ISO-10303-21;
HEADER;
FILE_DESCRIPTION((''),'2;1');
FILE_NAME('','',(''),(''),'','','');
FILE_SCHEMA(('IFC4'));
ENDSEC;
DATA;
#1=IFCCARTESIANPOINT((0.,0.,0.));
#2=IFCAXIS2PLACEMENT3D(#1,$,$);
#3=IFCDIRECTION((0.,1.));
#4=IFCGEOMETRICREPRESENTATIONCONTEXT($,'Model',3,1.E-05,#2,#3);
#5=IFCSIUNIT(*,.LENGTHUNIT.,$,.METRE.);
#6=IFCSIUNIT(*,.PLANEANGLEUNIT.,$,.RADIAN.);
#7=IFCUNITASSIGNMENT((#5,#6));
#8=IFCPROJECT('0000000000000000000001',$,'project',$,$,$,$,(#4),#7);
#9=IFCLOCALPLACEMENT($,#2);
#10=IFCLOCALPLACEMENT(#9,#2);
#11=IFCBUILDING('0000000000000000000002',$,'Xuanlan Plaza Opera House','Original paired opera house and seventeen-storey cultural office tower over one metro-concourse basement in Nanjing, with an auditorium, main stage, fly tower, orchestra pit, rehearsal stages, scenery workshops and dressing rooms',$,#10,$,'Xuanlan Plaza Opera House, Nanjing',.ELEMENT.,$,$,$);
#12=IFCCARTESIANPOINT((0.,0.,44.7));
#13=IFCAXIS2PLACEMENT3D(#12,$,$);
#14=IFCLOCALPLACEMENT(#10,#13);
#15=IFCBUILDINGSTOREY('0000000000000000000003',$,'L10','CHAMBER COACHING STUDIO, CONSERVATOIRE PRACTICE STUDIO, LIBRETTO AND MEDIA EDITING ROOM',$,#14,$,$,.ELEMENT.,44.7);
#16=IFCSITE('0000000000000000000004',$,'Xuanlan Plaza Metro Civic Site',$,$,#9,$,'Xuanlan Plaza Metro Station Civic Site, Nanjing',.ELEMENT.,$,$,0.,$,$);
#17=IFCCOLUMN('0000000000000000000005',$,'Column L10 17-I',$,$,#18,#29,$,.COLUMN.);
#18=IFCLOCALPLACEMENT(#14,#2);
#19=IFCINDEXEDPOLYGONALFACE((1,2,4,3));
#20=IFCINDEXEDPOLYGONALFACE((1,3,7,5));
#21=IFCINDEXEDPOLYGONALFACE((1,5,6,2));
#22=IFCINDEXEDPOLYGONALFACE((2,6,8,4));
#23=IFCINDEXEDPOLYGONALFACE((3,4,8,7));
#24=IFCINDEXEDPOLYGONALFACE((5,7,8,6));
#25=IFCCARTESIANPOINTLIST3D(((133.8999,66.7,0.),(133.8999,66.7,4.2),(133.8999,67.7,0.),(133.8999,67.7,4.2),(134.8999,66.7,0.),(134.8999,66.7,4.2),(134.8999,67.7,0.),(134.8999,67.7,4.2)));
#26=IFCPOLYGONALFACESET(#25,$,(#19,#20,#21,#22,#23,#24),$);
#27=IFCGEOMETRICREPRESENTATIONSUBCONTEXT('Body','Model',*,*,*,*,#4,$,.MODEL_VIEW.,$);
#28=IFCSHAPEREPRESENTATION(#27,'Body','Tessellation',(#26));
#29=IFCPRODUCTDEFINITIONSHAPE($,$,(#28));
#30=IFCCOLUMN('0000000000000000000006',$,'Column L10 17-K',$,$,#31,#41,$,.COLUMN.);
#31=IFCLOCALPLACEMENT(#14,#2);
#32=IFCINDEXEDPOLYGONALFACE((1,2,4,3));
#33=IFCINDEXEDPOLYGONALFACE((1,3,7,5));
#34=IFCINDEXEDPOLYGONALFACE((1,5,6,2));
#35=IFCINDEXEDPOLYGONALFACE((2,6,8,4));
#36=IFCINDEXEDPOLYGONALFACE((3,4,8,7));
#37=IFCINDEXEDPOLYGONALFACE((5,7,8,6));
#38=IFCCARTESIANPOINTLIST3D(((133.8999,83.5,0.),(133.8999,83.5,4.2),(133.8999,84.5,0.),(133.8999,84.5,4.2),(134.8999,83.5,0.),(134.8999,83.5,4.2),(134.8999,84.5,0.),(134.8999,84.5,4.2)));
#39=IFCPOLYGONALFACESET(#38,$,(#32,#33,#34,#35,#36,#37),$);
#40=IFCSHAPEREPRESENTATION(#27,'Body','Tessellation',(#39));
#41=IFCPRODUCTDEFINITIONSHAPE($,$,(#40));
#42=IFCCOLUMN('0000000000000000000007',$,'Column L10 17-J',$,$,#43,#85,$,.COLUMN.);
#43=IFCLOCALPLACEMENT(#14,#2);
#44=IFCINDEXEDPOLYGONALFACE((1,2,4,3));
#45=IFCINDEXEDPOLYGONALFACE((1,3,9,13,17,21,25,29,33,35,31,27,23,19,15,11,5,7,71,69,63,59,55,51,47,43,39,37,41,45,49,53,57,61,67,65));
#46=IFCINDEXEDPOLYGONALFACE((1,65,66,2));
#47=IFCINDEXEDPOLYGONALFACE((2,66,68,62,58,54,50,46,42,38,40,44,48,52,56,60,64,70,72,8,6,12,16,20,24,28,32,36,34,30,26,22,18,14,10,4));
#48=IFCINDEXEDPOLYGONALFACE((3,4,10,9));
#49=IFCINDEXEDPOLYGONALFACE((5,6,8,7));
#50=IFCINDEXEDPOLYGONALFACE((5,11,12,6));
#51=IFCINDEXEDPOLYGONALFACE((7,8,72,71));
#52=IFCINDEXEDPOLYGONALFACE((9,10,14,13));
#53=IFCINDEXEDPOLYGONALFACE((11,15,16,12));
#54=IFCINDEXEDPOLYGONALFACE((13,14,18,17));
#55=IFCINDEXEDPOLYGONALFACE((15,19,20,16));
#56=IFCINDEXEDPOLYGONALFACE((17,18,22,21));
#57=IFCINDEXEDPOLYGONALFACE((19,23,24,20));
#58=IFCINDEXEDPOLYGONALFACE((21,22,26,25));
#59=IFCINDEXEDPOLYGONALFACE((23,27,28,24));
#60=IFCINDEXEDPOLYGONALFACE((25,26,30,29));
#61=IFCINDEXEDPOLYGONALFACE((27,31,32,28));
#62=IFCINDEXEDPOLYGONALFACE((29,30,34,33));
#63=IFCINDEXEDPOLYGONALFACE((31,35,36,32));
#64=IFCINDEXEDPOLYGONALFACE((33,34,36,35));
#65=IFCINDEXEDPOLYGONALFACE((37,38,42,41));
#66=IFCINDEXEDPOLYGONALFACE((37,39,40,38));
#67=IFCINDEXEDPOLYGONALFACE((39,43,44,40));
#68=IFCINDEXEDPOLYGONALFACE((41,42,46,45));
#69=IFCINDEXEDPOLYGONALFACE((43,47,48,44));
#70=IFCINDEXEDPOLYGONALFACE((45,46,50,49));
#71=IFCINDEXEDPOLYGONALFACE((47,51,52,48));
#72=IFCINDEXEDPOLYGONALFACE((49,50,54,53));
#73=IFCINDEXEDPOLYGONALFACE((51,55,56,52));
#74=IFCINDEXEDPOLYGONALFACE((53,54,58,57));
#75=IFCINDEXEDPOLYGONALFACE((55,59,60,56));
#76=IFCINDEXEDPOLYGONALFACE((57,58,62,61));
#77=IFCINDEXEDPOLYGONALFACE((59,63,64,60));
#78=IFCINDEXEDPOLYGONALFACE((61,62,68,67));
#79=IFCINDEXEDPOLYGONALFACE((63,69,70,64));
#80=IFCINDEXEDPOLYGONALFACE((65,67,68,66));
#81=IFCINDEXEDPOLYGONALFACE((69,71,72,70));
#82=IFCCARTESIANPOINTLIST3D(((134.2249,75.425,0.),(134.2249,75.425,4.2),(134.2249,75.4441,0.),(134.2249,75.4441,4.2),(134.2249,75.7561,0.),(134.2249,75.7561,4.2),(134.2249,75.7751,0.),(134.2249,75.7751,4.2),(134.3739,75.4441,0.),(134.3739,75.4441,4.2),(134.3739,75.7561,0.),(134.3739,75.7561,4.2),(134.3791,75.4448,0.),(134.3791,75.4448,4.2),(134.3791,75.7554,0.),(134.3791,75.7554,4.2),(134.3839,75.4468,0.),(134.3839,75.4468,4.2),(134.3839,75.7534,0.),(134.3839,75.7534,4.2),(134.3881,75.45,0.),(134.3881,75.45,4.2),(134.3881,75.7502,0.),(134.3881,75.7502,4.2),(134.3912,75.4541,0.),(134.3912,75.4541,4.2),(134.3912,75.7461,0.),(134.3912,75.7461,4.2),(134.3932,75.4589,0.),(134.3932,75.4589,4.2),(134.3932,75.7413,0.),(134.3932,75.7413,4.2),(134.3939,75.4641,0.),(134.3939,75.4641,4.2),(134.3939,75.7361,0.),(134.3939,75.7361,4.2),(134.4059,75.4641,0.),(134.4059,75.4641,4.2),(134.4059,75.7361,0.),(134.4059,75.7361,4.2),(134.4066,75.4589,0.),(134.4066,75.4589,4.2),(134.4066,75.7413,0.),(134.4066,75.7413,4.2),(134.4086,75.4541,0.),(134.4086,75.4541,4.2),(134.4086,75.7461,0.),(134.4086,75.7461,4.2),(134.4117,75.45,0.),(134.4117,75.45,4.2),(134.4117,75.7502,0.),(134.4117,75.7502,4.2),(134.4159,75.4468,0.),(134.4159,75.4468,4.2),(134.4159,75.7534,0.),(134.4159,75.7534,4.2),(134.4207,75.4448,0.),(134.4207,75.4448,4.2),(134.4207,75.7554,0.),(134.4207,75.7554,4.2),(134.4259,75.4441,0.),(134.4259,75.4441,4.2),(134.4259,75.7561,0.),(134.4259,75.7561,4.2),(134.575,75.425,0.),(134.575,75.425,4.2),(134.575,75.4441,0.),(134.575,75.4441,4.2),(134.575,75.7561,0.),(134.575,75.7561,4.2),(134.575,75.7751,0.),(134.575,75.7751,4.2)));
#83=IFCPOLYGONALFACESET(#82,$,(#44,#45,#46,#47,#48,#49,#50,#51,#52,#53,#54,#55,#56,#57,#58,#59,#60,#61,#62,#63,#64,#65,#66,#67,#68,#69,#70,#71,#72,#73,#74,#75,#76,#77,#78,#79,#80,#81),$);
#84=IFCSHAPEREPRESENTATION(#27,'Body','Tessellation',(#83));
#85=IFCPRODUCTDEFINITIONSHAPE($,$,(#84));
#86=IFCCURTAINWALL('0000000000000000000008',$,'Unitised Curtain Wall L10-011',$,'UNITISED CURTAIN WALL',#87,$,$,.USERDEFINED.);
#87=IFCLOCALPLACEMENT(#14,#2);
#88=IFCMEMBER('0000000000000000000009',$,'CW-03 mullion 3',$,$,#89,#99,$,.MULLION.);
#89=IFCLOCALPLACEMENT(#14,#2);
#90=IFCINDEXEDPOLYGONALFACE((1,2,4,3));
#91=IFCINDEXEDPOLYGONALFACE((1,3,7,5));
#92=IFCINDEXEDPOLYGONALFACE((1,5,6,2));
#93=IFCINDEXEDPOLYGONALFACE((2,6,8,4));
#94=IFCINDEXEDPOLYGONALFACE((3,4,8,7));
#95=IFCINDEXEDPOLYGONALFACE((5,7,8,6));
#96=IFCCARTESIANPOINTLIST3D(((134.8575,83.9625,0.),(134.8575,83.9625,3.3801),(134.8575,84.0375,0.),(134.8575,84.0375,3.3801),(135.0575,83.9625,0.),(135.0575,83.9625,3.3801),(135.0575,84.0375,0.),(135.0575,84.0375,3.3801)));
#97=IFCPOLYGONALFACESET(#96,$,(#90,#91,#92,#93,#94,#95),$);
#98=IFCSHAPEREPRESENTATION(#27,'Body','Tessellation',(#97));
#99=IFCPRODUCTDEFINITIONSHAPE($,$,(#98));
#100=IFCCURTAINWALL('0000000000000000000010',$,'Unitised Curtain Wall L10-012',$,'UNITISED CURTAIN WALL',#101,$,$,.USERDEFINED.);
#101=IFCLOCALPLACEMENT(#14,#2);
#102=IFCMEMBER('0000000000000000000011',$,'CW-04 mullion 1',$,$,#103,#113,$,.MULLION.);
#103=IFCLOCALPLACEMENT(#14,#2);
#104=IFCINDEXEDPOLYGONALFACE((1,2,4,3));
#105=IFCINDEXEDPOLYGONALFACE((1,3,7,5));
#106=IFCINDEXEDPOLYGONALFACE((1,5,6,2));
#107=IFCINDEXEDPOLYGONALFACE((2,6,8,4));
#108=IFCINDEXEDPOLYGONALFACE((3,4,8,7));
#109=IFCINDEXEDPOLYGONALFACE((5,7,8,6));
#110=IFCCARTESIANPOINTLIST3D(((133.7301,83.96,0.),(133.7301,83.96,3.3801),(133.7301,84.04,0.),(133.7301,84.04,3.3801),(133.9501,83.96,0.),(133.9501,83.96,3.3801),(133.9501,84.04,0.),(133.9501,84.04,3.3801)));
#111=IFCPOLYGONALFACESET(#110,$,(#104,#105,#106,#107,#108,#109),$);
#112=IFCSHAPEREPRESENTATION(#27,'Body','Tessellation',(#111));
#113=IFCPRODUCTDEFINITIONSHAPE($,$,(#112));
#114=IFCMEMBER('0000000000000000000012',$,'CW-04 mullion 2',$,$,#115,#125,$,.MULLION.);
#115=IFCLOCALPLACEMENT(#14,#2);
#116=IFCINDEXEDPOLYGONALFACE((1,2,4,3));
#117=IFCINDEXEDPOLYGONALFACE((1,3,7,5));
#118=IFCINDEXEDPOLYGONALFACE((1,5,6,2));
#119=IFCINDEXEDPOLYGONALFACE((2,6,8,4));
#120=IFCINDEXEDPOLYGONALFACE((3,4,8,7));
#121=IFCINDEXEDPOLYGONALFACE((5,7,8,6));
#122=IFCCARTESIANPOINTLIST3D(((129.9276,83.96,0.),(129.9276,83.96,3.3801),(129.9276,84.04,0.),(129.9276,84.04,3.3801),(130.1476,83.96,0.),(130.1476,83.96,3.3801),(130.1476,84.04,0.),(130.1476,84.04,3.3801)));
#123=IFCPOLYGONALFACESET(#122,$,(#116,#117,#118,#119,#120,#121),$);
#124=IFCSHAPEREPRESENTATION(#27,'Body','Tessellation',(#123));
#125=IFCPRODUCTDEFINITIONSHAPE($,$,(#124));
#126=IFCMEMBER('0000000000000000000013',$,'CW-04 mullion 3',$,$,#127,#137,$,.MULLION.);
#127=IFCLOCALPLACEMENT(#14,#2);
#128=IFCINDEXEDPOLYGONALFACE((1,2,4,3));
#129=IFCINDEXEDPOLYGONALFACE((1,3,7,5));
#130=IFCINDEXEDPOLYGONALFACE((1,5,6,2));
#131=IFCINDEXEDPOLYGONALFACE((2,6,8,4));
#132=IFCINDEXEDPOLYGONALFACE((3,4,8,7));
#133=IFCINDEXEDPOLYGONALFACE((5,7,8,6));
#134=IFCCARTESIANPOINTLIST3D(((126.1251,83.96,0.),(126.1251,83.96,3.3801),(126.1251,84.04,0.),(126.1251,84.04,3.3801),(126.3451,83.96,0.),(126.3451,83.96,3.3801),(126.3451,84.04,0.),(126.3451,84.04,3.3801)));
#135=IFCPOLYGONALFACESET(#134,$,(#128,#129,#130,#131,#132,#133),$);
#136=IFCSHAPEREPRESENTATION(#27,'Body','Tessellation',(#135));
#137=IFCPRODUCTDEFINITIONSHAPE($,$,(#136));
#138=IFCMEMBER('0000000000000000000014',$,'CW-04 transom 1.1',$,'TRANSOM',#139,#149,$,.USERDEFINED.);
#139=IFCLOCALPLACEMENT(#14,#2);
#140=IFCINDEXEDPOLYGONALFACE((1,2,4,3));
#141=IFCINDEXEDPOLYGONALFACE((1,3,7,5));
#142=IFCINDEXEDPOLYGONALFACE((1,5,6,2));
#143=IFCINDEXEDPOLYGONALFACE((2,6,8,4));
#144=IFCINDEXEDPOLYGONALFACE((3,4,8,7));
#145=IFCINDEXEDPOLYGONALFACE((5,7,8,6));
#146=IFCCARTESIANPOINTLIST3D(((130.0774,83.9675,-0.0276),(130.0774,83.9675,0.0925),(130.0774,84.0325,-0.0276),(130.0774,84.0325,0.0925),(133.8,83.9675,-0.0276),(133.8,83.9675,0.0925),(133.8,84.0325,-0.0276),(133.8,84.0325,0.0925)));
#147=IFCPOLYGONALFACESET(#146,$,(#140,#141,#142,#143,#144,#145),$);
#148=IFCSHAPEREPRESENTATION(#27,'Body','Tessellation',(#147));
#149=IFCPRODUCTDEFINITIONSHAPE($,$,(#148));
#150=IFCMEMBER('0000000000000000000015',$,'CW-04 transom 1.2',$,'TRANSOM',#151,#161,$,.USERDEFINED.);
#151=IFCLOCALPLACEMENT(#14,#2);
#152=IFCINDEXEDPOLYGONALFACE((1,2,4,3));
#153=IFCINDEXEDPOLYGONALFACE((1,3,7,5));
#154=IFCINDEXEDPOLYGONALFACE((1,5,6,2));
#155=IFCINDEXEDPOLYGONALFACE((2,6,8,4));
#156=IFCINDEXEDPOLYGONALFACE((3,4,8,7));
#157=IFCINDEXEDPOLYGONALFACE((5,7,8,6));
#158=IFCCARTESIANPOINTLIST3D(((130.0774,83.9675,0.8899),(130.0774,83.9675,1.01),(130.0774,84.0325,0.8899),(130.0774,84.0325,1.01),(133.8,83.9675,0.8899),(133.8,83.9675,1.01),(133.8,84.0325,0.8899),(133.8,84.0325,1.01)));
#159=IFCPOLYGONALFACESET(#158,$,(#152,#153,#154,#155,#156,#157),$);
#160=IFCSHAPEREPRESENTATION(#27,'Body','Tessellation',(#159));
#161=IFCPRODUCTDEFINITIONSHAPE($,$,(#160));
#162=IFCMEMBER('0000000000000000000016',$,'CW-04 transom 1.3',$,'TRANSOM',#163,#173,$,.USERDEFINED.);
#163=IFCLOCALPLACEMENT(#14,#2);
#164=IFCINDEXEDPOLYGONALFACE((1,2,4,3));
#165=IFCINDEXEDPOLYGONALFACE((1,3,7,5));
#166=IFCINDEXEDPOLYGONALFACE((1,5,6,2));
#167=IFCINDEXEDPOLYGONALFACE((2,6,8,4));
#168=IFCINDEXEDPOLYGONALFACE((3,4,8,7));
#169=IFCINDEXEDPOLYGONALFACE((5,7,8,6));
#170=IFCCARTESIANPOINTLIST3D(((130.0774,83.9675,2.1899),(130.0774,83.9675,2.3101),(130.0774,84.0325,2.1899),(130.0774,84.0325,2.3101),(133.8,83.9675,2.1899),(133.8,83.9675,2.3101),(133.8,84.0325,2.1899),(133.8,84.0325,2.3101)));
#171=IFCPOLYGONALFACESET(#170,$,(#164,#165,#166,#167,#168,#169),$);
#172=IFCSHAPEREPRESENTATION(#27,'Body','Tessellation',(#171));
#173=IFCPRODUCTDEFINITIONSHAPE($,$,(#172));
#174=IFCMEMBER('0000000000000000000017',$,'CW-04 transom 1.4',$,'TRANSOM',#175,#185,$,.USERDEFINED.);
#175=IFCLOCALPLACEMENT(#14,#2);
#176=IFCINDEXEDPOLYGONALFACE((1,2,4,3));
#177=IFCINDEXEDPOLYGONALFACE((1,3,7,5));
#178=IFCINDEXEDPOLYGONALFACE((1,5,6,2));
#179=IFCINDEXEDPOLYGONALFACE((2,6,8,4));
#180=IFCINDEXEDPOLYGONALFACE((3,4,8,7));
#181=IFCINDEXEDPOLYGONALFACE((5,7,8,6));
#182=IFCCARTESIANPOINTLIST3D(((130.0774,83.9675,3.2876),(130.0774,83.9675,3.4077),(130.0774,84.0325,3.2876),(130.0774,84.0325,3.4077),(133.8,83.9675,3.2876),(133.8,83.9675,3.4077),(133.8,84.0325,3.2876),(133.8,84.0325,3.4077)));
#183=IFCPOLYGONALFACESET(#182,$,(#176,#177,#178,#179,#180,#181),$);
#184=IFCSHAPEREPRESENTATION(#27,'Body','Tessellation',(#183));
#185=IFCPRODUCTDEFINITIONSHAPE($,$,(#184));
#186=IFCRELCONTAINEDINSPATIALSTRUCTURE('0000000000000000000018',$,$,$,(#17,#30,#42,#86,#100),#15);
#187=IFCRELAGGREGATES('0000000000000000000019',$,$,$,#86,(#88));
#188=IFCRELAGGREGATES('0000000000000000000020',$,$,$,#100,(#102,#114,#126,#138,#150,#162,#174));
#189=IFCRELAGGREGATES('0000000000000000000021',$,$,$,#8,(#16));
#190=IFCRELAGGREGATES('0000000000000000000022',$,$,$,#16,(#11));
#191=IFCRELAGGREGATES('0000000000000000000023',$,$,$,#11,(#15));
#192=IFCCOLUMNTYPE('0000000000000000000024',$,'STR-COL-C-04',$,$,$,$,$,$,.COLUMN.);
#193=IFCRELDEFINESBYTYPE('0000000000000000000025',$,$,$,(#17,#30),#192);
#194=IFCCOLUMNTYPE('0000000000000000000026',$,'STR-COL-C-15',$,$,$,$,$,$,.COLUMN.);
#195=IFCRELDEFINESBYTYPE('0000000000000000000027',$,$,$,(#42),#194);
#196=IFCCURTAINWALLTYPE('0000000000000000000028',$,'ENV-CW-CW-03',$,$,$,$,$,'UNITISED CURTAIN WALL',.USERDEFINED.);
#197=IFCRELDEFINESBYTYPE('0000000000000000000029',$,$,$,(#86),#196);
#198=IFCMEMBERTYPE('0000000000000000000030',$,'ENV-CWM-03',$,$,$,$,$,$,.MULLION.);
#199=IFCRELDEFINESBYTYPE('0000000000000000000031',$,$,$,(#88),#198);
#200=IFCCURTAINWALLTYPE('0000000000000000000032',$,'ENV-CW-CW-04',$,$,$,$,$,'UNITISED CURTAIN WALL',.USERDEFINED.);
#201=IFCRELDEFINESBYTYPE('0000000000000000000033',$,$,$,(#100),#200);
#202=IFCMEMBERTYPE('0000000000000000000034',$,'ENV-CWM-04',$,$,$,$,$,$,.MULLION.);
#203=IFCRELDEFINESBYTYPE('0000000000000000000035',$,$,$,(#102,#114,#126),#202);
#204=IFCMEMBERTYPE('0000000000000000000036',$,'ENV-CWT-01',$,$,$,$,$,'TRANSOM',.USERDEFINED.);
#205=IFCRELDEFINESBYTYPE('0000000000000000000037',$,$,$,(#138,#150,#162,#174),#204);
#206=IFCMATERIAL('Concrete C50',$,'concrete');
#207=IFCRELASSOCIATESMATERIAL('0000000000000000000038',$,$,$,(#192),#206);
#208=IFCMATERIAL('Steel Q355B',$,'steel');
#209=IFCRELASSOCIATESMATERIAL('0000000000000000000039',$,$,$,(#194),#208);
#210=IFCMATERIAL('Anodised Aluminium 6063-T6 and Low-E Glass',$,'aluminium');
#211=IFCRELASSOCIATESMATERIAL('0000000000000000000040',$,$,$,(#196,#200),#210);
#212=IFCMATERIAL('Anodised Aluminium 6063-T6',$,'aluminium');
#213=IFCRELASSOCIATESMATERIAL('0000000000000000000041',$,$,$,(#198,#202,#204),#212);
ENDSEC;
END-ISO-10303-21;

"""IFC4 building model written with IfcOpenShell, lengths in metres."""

from ifc_helpers import new_model, si_unit, direction, frame, origin, origin_2d, place, context, subcontext, project, spatial, rectangle, i_section, extrude, material, material_profile, profile_set, type_object, element, aggregate, save


model = new_model("IFC4")

# Units and contexts
model_context = context("Model", 3, precision=1e-05, world=origin(), true_north=direction((0.0, 1.0)))
body_context = subcontext(model_context, "Body", "Model", "MODEL_VIEW")
ifc_project = project(units=[si_unit("LENGTHUNIT", "METRE"), si_unit("PLANEANGLEUNIT", "RADIAN")], contexts=[model_context])

# Site, building, storey
site_placement = place(None, origin())
site = spatial("IfcSite", under=ifc_project, at=site_placement, Name="Xuanlan Plaza Metro Civic Site", LongName="Xuanlan Plaza Metro Station Civic Site, Nanjing", CompositionType="ELEMENT", RefElevation=0.0)
building_placement = place(site_placement, origin())
building = spatial("IfcBuilding", under=site, at=building_placement, Name="Xuanlan Plaza Opera House", Description="Original paired opera house and seventeen-storey cultural office tower over one metro-concourse basement in Nanjing, with an auditorium, main stage, fly tower, orchestra pit, rehearsal stages, scenery workshops and dressing rooms", LongName="Xuanlan Plaza Opera House, Nanjing", CompositionType="ELEMENT")
storey_placement = place(building_placement, frame((0.0, 0.0, 44.7)))
storey = spatial("IfcBuildingStorey", under=building, at=storey_placement, Name="L10", Description="CHAMBER COACHING STUDIO, CONSERVATOIRE PRACTICE STUDIO, LIBRETTO AND MEDIA EDITING ROOM", CompositionType="ELEMENT", Elevation=44.7)

# Columns
ifc_material_1 = material(Name="Concrete C50", Category="concrete")
ifc_material_profile_1 = material_profile(ifc_material_1, rectangle(XDim=1.0, YDim=1.0, at=origin_2d()), Name="RC-COL 1000x1000")
ifc_profile_set_1 = profile_set([ifc_material_profile_1], Name="Concrete C50")
column_type_1 = type_object("IfcColumnType", Name="STR-COL-C-04", PredefinedType="COLUMN", material=ifc_profile_set_1)
for number, where, z_axis, x_axis, name in (
    (1, (134.3999, 67.2, 0.0), (0.0, 0.0, 1.0), (1.0, 0.0, 0.0), "Column L10 17-I"),
    (2, (134.3999, 84.0, 0.0), (0.0, 0.0, 1.0), (1.0, 0.0, 0.0), "Column L10 17-K"),
):
    element("IfcColumn", number, at=place(storey_placement, frame(where, z_axis=z_axis, x_axis=x_axis)), inside=storey, type_object=column_type_1, Name=name, PredefinedType="COLUMN", context=body_context, shape_type="SweptSolid", body=[
        extrude(rectangle(XDim=1.0, YDim=1.0, at=origin_2d()), origin(), (0.0, 0.0, 1.0), 4.2),
    ])
ifc_material_2 = material(Name="Steel Q355B", Category="steel")
ifc_material_profile_2 = material_profile(ifc_material_2, i_section(OverallWidth=0.3501, OverallDepth=0.3501, WebThickness=0.012, FlangeThickness=0.019, FilletRadius=0.02, at=origin_2d()), Name="HW 350x350x12x19")
ifc_profile_set_2 = profile_set([ifc_material_profile_2], Name="Steel Q355B")
column_type_2 = type_object("IfcColumnType", Name="STR-COL-C-15", PredefinedType="COLUMN", material=ifc_profile_set_2)
column_placement = place(storey_placement, frame((134.3999, 75.6001, 0.0), z_axis=(0.0, 0.0, 1.0), x_axis=(1.0, 0.0, 0.0)))
element("IfcColumn", 3, at=column_placement, inside=storey, type_object=column_type_2, Name="Column L10 17-J", PredefinedType="COLUMN", context=body_context, shape_type="SweptSolid", body=[
    extrude(i_section(OverallWidth=0.3501, OverallDepth=0.3501, WebThickness=0.012, FlangeThickness=0.019, FilletRadius=0.02, at=origin_2d()), origin(), (0.0, 0.0, 1.0), 4.2),
])

# Curtain wall, member
ifc_material_3 = material(Name="Anodised Aluminium 6063-T6 and Low-E Glass", Category="aluminium")
curtain_wall_type_1 = type_object("IfcCurtainWallType", Name="ENV-CW-CW-03", ElementType="UNITISED CURTAIN WALL", PredefinedType="USERDEFINED", material=ifc_material_3)
curtain_wall_1_placement = place(storey_placement, origin())
curtain_wall_1 = element("IfcCurtainWall", 4, at=curtain_wall_1_placement, inside=storey, type_object=curtain_wall_type_1, Name="Unitised Curtain Wall L10-011", ObjectType="UNITISED CURTAIN WALL", PredefinedType="USERDEFINED")
ifc_material_4 = material(Name="Anodised Aluminium 6063-T6", Category="aluminium")
ifc_material_profile_3 = material_profile(ifc_material_4, rectangle(XDim=0.075, YDim=0.2, at=origin_2d()), Name="ALU-M 75x200")
ifc_profile_set_3 = profile_set([ifc_material_profile_3], Name="Anodised Aluminium 6063-T6")
member_type_1 = type_object("IfcMemberType", Name="ENV-CWM-03", PredefinedType="MULLION", material=ifc_profile_set_3)
member_1_placement = place(storey_placement, frame((134.9575, 84.0, 0.0), z_axis=(0.0, 0.0, 1.0), x_axis=(0.0, -1.0, 0.0)))
member_1 = element("IfcMember", 5, at=member_1_placement, type_object=member_type_1, Name="CW-03 mullion 3", PredefinedType="MULLION", context=body_context, shape_type="SweptSolid", body=[
    extrude(rectangle(XDim=0.075, YDim=0.2, at=origin_2d()), origin(), (0.0, 0.0, 1.0), 3.3801),
])
aggregate(curtain_wall_1, [member_1])

# Curtain wall, members
curtain_wall_type_2 = type_object("IfcCurtainWallType", Name="ENV-CW-CW-04", ElementType="UNITISED CURTAIN WALL", PredefinedType="USERDEFINED", material=ifc_material_3)
curtain_wall_2_placement = place(storey_placement, origin())
curtain_wall_2 = element("IfcCurtainWall", 6, at=curtain_wall_2_placement, inside=storey, type_object=curtain_wall_type_2, Name="Unitised Curtain Wall L10-012", ObjectType="UNITISED CURTAIN WALL", PredefinedType="USERDEFINED")
ifc_material_profile_4 = material_profile(ifc_material_4, rectangle(XDim=0.0801, YDim=0.22, at=origin_2d()), Name="ALU-M 80x220")
ifc_profile_set_4 = profile_set([ifc_material_profile_4], Name="Anodised Aluminium 6063-T6")
member_type_2 = type_object("IfcMemberType", Name="ENV-CWM-04", PredefinedType="MULLION", material=ifc_profile_set_4)
member_2_placement = place(storey_placement, frame((133.8401, 84.0, 0.0), z_axis=(0.0, 0.0, 1.0), x_axis=(0.0, -1.0, 0.0)))
member_2 = element("IfcMember", 7, at=member_2_placement, type_object=member_type_2, Name="CW-04 mullion 1", PredefinedType="MULLION", context=body_context, shape_type="SweptSolid", body=[
    extrude(rectangle(XDim=0.0801, YDim=0.22, at=origin_2d()), origin(), (0.0, 0.0, 1.0), 3.3801),
])
member_3_placement = place(storey_placement, frame((130.0376, 84.0, 0.0), z_axis=(0.0, 0.0, 1.0), x_axis=(0.0, -1.0, 0.0)))
member_3 = element("IfcMember", 8, at=member_3_placement, type_object=member_type_2, Name="CW-04 mullion 2", PredefinedType="MULLION", context=body_context, shape_type="SweptSolid", body=[
    extrude(rectangle(XDim=0.0801, YDim=0.22, at=origin_2d()), origin(), (0.0, 0.0, 1.0), 3.3801),
])
member_4_placement = place(storey_placement, frame((126.2351, 84.0, 0.0), z_axis=(0.0, 0.0, 1.0), x_axis=(0.0, -1.0, 0.0)))
member_4 = element("IfcMember", 9, at=member_4_placement, type_object=member_type_2, Name="CW-04 mullion 3", PredefinedType="MULLION", context=body_context, shape_type="SweptSolid", body=[
    extrude(rectangle(XDim=0.0801, YDim=0.22, at=origin_2d()), origin(), (0.0, 0.0, 1.0), 3.3801),
])
ifc_material_profile_5 = material_profile(ifc_material_4, rectangle(XDim=0.0649, YDim=0.1201, at=origin_2d()), Name="ALU-T 65x120")
ifc_profile_set_5 = profile_set([ifc_material_profile_5], Name="Anodised Aluminium 6063-T6")
member_type_3 = type_object("IfcMemberType", Name="ENV-CWT-01", ElementType="TRANSOM", PredefinedType="USERDEFINED", material=ifc_profile_set_5)
member_5_placement = place(storey_placement, frame((133.8, 84.0, 0.0325), z_axis=(-1.0, 0.0, 0.0), x_axis=(0.0, -1.0, 0.0)))
member_5 = element("IfcMember", 10, at=member_5_placement, type_object=member_type_3, Name="CW-04 transom 1.1", ObjectType="TRANSOM", PredefinedType="USERDEFINED", context=body_context, shape_type="SweptSolid", body=[
    extrude(rectangle(XDim=0.0649, YDim=0.1201, at=origin_2d()), origin(), (0.0, 0.0, 1.0), 3.7227),
])
member_6_placement = place(storey_placement, frame((133.8, 84.0, 0.95), z_axis=(-1.0, 0.0, 0.0), x_axis=(0.0, -1.0, 0.0)))
member_6 = element("IfcMember", 11, at=member_6_placement, type_object=member_type_3, Name="CW-04 transom 1.2", ObjectType="TRANSOM", PredefinedType="USERDEFINED", context=body_context, shape_type="SweptSolid", body=[
    extrude(rectangle(XDim=0.0649, YDim=0.1201, at=origin_2d()), origin(), (0.0, 0.0, 1.0), 3.7227),
])
member_7_placement = place(storey_placement, frame((133.8, 84.0, 2.25), z_axis=(-1.0, 0.0, 0.0), x_axis=(0.0, -1.0, 0.0)))
member_7 = element("IfcMember", 12, at=member_7_placement, type_object=member_type_3, Name="CW-04 transom 1.3", ObjectType="TRANSOM", PredefinedType="USERDEFINED", context=body_context, shape_type="SweptSolid", body=[
    extrude(rectangle(XDim=0.0649, YDim=0.1201, at=origin_2d()), origin(), (0.0, 0.0, 1.0), 3.7227),
])
member_8_placement = place(storey_placement, frame((133.8, 84.0, 3.3477), z_axis=(-1.0, 0.0, 0.0), x_axis=(0.0, -1.0, 0.0)))
member_8 = element("IfcMember", 13, at=member_8_placement, type_object=member_type_3, Name="CW-04 transom 1.4", ObjectType="TRANSOM", PredefinedType="USERDEFINED", context=body_context, shape_type="SweptSolid", body=[
    extrude(rectangle(XDim=0.0649, YDim=0.1201, at=origin_2d()), origin(), (0.0, 0.0, 1.0), 3.7227),
])

aggregate(curtain_wall_2, [member_2, member_3, member_4, member_5, member_6, member_7, member_8])

save(model, "model.ifc")
